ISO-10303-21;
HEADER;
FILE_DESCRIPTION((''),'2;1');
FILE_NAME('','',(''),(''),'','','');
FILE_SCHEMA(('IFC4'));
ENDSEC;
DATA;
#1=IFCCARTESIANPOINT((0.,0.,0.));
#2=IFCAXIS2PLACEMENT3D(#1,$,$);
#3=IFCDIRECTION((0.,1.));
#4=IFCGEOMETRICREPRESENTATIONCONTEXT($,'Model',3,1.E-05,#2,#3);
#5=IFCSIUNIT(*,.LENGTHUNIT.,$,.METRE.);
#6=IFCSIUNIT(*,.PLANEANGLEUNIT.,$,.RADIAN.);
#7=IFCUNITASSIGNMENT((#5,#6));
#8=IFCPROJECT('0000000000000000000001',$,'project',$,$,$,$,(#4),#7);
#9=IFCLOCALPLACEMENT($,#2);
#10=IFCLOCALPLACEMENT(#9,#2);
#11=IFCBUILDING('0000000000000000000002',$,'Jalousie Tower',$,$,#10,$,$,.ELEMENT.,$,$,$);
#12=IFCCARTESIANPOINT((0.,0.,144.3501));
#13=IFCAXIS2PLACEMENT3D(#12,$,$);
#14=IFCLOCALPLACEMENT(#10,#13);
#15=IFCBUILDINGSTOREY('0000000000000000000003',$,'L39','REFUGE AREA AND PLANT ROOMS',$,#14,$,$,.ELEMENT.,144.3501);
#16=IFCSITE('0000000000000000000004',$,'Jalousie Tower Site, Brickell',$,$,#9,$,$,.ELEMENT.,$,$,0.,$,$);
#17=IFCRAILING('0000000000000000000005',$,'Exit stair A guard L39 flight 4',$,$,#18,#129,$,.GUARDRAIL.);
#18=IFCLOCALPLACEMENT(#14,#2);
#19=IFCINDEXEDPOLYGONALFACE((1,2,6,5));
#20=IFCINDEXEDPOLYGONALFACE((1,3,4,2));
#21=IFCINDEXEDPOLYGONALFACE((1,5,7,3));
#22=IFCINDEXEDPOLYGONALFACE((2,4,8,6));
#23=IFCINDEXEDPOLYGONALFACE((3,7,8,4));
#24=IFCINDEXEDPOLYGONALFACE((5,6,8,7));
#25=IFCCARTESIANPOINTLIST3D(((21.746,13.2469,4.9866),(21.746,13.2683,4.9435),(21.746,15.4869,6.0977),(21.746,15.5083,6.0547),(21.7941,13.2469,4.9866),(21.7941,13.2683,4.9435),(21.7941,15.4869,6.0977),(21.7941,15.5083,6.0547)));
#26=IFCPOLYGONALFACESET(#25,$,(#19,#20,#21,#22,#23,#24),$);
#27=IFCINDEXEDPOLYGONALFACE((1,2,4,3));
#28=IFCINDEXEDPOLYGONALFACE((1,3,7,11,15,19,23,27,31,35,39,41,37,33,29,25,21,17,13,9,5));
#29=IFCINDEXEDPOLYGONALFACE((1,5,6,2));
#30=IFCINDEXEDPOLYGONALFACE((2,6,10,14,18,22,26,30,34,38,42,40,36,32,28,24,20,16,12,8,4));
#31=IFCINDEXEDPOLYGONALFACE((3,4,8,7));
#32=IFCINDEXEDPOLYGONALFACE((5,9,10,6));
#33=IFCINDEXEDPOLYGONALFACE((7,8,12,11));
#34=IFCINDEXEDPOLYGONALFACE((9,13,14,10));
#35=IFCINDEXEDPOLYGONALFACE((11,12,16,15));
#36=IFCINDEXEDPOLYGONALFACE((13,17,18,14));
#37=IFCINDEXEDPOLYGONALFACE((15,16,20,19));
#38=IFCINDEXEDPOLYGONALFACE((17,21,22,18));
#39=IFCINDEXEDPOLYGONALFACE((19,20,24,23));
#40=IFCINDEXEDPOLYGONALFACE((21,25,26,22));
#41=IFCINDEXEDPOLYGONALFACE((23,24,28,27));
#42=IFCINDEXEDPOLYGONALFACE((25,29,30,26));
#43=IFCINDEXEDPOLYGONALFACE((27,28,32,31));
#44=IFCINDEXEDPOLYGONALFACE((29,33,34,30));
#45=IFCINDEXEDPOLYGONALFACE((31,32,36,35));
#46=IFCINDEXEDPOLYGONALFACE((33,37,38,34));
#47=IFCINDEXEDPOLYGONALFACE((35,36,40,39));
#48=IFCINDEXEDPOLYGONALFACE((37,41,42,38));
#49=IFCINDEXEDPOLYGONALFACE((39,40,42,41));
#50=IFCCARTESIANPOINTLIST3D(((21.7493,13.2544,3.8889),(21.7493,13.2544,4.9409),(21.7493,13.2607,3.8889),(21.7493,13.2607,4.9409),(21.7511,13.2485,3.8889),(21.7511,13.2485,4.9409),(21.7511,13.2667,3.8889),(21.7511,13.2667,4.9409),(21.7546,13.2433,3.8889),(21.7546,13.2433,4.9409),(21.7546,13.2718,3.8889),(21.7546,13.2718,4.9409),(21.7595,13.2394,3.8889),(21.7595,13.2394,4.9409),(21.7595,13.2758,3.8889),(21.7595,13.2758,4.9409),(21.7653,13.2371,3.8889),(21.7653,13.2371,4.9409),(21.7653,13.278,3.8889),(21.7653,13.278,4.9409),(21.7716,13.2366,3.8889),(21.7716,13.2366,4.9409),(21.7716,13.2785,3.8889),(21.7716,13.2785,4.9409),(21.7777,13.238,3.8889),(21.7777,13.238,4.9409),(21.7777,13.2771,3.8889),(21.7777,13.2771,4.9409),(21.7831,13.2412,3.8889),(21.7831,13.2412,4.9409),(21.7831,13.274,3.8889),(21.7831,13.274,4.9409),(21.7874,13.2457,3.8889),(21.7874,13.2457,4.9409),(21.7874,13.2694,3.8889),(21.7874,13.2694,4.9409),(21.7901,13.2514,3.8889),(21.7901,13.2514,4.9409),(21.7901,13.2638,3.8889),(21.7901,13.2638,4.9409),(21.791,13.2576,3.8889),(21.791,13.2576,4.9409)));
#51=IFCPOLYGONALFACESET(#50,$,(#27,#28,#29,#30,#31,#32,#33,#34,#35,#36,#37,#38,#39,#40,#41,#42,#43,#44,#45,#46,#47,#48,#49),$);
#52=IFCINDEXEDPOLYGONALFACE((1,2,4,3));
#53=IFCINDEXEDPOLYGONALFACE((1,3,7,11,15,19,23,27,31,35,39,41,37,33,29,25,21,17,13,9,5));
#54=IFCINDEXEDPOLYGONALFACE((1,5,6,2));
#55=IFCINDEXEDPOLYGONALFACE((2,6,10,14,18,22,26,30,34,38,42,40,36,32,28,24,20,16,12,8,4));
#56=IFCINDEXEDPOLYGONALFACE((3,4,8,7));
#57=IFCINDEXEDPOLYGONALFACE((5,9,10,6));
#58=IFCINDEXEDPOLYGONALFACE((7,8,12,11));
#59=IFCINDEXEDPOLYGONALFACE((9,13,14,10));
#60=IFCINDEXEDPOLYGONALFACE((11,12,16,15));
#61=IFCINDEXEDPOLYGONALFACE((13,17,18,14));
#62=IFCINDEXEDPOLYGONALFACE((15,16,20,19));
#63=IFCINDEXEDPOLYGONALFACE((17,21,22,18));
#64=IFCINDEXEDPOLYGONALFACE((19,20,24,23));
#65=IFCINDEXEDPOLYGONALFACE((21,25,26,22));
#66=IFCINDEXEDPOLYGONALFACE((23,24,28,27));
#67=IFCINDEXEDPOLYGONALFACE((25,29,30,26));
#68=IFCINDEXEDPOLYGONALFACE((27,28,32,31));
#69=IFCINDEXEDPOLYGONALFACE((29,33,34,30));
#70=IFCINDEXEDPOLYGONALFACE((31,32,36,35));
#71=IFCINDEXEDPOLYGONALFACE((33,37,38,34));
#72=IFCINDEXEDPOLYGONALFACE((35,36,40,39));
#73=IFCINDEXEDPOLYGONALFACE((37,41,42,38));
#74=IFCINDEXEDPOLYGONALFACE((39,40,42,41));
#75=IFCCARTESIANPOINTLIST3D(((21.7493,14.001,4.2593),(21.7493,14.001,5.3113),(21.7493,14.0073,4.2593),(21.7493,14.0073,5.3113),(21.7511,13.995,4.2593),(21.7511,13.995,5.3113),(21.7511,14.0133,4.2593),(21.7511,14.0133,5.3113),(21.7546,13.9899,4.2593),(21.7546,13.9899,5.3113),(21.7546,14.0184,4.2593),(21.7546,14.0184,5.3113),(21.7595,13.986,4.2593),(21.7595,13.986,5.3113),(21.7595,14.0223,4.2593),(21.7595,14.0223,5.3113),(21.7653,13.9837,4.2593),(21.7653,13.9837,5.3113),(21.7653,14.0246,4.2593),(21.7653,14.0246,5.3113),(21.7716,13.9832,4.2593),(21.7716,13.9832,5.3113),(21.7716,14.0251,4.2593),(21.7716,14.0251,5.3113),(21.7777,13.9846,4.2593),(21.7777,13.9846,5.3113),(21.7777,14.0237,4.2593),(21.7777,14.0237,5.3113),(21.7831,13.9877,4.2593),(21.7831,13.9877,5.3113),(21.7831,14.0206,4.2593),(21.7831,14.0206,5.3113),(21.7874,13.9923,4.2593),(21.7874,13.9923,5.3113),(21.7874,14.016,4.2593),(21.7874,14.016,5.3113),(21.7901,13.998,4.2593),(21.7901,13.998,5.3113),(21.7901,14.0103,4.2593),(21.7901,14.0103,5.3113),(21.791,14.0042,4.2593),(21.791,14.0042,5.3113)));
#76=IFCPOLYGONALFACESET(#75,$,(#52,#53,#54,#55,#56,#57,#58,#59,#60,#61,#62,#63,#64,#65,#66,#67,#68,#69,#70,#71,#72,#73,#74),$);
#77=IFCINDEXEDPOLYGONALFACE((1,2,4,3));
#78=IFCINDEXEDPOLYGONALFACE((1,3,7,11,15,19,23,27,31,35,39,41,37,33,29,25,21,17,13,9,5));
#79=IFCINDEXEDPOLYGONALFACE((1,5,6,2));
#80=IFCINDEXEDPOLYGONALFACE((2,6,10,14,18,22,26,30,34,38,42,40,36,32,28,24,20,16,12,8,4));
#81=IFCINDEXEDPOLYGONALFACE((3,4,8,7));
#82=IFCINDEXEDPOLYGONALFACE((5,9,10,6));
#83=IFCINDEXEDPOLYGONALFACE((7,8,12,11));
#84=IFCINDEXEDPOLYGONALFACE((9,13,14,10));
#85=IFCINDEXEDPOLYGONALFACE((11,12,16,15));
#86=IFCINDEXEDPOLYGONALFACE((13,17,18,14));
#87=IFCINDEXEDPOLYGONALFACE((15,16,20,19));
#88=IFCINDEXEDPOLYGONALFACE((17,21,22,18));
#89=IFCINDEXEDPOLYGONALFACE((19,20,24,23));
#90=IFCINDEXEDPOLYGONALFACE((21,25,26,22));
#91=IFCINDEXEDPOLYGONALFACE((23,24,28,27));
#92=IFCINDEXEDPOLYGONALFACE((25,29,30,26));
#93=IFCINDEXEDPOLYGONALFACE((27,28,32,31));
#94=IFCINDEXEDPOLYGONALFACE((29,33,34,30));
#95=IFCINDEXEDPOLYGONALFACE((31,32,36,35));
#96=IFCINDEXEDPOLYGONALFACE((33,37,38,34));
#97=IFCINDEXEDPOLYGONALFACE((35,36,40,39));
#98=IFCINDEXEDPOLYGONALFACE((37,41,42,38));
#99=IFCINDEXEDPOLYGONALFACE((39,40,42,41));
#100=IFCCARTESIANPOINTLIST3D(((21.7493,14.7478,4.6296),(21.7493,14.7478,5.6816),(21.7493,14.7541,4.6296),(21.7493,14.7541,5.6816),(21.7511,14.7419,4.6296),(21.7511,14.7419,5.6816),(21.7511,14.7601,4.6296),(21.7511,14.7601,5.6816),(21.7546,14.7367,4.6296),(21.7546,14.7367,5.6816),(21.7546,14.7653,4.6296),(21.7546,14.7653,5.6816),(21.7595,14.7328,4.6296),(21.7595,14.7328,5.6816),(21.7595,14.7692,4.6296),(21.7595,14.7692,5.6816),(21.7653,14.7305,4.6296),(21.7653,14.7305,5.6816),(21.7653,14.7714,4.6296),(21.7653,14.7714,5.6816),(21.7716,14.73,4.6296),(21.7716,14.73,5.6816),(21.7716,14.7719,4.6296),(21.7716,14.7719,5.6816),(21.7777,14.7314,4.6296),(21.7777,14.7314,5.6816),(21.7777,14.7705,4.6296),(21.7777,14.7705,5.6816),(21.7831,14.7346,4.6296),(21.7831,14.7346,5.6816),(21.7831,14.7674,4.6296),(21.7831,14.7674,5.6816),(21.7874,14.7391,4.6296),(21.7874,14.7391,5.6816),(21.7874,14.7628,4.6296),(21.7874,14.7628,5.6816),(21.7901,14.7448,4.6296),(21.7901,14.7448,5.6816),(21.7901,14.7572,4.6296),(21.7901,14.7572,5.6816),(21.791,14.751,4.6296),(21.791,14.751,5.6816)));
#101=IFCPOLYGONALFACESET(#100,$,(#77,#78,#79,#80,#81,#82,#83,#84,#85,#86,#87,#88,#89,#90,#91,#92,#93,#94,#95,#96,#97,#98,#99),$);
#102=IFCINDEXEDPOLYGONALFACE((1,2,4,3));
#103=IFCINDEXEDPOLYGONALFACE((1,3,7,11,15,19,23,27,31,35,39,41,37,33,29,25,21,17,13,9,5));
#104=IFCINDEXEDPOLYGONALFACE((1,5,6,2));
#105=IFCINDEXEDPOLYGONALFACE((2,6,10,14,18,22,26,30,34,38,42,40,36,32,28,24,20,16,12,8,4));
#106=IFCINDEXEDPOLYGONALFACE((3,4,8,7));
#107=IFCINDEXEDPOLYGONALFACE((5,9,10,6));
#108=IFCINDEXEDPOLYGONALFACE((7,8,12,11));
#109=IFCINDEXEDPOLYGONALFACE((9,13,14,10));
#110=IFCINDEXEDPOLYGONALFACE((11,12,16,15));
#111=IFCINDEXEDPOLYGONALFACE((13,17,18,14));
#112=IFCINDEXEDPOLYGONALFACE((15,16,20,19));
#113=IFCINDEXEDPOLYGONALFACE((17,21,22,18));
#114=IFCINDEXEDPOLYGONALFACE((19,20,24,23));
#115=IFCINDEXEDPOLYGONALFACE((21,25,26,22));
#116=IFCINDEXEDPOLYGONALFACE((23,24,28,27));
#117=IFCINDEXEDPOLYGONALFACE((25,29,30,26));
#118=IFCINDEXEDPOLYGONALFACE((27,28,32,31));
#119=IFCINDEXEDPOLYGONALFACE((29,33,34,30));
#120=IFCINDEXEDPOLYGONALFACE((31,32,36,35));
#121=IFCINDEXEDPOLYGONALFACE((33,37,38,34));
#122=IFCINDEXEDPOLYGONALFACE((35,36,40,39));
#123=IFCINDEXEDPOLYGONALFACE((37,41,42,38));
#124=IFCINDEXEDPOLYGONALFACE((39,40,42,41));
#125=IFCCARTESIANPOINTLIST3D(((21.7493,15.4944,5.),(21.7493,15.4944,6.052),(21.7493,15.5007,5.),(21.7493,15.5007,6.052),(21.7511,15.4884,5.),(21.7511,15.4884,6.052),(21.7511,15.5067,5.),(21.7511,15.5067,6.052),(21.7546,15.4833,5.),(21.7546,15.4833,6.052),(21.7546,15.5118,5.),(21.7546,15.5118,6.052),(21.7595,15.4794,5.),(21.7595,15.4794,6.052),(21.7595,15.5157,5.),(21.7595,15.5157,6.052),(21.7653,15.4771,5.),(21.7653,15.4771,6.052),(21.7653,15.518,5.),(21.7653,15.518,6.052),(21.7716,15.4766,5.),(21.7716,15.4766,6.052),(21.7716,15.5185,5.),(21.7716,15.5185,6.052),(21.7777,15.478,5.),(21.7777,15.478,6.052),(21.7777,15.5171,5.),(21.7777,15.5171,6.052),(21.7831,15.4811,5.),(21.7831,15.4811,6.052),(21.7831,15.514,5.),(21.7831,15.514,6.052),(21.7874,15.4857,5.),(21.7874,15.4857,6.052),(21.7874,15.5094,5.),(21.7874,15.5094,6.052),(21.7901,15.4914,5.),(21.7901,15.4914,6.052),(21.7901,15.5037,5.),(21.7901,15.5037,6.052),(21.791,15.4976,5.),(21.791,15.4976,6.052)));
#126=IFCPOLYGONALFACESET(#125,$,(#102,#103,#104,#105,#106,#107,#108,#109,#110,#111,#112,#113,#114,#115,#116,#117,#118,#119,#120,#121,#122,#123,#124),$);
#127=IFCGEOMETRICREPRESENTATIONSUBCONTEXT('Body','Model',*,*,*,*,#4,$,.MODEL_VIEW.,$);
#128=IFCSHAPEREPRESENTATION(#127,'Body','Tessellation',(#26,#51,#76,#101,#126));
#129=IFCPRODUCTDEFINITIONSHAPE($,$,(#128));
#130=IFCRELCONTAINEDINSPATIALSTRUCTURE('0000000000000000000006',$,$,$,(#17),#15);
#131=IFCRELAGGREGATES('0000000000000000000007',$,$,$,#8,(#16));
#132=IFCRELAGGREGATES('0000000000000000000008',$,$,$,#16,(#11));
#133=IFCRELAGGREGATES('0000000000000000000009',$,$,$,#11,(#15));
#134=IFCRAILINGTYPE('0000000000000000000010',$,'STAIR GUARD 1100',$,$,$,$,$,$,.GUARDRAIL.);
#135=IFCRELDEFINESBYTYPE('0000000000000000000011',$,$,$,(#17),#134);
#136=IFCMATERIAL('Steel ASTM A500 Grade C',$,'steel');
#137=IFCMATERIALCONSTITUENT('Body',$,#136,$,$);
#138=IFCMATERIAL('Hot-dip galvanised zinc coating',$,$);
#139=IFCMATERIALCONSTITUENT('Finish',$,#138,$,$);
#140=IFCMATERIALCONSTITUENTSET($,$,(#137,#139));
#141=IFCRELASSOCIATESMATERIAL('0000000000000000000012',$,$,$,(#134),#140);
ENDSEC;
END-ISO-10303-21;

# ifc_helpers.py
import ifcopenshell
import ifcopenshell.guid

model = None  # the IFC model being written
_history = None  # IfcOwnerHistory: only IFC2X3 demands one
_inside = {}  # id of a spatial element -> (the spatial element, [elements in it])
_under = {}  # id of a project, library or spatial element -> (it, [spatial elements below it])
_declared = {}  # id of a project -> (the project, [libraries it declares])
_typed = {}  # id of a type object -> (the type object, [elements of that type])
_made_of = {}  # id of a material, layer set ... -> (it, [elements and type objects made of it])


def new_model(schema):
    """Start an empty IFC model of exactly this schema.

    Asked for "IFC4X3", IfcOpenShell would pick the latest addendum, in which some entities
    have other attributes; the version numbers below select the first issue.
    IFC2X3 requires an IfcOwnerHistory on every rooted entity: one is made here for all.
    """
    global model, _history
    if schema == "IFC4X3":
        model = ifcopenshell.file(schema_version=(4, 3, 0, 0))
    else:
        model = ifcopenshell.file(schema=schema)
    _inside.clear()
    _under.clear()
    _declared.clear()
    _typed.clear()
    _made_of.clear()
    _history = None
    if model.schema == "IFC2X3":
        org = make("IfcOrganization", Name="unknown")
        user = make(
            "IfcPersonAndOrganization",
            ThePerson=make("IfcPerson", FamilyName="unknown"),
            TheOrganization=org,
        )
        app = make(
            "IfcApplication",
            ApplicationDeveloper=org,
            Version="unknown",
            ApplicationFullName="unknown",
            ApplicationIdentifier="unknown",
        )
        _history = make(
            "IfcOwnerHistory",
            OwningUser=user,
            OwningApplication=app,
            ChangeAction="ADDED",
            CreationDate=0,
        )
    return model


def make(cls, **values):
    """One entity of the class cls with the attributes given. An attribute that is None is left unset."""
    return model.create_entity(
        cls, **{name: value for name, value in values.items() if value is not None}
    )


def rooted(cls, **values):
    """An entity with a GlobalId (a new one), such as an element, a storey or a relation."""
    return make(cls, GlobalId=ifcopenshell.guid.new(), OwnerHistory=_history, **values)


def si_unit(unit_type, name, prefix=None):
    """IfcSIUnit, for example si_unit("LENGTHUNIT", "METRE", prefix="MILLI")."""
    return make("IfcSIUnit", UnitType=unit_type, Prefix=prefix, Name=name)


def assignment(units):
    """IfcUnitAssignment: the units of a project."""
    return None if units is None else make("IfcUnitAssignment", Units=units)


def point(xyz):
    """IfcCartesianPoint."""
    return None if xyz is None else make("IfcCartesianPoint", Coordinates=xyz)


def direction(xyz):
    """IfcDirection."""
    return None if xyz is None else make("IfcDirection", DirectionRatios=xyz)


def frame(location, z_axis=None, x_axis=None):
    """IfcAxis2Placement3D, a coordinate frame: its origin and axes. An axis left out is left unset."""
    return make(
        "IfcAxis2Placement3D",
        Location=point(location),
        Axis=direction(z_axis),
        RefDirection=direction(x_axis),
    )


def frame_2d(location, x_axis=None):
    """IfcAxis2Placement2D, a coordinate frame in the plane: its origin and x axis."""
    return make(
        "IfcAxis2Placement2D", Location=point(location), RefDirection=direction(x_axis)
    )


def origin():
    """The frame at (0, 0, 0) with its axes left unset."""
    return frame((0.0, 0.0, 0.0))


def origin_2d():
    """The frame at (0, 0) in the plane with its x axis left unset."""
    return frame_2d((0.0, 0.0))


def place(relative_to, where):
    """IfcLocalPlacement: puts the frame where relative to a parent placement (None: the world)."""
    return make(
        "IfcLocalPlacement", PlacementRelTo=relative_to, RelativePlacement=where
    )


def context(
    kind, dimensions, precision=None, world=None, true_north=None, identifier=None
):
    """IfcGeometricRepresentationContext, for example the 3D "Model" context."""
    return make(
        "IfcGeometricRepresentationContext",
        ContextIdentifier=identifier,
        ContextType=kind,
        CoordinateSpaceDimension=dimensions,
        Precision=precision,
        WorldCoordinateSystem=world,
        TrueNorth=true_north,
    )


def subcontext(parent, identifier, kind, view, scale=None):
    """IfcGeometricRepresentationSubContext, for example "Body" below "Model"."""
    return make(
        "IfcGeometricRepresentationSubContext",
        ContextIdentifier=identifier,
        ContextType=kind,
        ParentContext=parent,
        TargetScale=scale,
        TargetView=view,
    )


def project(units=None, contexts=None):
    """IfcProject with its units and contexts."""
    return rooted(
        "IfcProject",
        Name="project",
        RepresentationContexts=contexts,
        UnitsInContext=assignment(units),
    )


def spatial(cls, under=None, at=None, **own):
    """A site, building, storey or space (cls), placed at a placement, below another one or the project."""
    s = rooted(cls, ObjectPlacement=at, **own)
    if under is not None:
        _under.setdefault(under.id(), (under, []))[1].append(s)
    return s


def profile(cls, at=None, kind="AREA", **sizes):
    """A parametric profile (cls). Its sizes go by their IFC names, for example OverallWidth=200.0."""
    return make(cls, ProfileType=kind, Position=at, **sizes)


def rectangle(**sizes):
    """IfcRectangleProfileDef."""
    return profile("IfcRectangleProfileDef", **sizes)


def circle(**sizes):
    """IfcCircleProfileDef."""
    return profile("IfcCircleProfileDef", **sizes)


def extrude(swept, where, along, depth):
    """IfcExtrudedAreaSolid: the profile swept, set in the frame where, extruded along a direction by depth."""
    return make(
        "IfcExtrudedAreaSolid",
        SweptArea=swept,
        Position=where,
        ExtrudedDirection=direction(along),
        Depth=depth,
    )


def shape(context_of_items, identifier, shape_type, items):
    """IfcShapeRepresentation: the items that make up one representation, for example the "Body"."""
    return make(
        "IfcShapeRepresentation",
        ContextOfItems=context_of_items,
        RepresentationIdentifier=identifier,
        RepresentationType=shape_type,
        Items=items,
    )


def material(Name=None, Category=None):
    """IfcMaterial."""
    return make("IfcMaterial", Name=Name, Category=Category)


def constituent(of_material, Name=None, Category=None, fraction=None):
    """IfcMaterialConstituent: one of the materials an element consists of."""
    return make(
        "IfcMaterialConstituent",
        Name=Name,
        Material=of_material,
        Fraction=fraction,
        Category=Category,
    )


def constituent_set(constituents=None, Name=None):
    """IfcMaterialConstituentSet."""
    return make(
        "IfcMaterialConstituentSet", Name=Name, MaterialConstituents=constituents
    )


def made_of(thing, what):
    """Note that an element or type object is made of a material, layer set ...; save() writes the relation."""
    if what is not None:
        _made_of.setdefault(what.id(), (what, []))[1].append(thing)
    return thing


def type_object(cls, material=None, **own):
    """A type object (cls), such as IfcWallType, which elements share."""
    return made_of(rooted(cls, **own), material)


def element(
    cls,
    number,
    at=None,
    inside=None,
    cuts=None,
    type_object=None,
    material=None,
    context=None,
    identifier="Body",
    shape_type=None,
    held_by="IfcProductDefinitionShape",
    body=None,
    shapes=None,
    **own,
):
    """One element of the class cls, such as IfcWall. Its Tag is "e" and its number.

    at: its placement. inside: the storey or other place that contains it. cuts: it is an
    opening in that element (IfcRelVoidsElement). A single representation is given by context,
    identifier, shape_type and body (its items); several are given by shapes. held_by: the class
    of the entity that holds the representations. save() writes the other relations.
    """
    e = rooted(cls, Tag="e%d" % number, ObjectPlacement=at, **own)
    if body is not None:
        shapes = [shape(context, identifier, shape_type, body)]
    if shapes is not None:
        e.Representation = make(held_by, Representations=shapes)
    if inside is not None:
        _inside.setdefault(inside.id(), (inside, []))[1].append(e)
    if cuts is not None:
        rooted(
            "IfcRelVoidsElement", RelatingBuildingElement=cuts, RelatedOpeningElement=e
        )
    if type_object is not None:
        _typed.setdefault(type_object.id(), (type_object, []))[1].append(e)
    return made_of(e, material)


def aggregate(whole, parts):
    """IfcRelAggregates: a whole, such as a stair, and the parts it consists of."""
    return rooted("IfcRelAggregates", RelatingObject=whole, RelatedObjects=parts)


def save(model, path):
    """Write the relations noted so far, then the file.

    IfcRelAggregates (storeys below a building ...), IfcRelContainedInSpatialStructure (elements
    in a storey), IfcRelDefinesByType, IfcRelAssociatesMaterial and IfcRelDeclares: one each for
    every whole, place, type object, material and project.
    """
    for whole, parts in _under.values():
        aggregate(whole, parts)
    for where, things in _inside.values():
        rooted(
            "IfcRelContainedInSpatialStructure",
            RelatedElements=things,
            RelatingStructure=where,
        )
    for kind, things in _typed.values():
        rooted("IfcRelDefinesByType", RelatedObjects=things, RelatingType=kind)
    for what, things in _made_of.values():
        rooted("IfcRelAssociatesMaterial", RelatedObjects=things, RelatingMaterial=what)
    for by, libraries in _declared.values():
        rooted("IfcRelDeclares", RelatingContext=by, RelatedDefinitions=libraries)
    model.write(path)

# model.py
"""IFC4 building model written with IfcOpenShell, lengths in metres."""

from ifc_helpers import new_model, si_unit, direction, frame, origin, origin_2d, place, context, subcontext, project, spatial, rectangle, circle, extrude, material, constituent, constituent_set, type_object, element, save


model = new_model("IFC4")

# Units and contexts
model_context = context("Model", 3, precision=1e-05, world=origin(), true_north=direction((0.0, 1.0)))
body_context = subcontext(model_context, "Body", "Model", "MODEL_VIEW")
ifc_project = project(units=[si_unit("LENGTHUNIT", "METRE"), si_unit("PLANEANGLEUNIT", "RADIAN")], contexts=[model_context])

# Site, building, storey
site_placement = place(None, origin())
site = spatial("IfcSite", under=ifc_project, at=site_placement, Name="Jalousie Tower Site, Brickell", CompositionType="ELEMENT", RefElevation=0.0)
building_placement = place(site_placement, origin())
building = spatial("IfcBuilding", under=site, at=building_placement, Name="Jalousie Tower", CompositionType="ELEMENT")
storey_placement = place(building_placement, frame((0.0, 0.0, 144.3501)))
storey = spatial("IfcBuildingStorey", under=building, at=storey_placement, Name="L39", Description="REFUGE AREA AND PLANT ROOMS", CompositionType="ELEMENT", Elevation=144.3501)

# Railing
ifc_material_1 = material(Name="Steel ASTM A500 Grade C", Category="steel")
ifc_constituent_1 = constituent(ifc_material_1, Name="Body")
ifc_material_2 = material(Name="Hot-dip galvanised zinc coating")
ifc_constituent_2 = constituent(ifc_material_2, Name="Finish")
ifc_constituent_set_1 = constituent_set(constituents=[ifc_constituent_1, ifc_constituent_2])
railing_type_1 = type_object("IfcRailingType", Name="STAIR GUARD 1100", PredefinedType="GUARDRAIL", material=ifc_constituent_set_1)
railing_1_placement = place(storey_placement, frame((21.77, 13.2576, 3.8889)))
element("IfcRailing", 1, at=railing_1_placement, inside=storey, type_object=railing_type_1, Name="Exit stair A guard L39 flight 4", PredefinedType="GUARDRAIL", context=body_context, shape_type="SweptSolid", body=[
    extrude(rectangle(XDim=0.0481, YDim=0.0481, at=origin_2d()), frame((0.0, 0.0, 1.0762), z_axis=(0.0, 0.895848, 0.44436), x_axis=(-1.0, 0.0, 0.0)), (0.0, 0.0, 1.0), 2.5005),
    extrude(circle(Radius=0.021, at=origin_2d()), origin(), (0.0, 0.0, 1.0), 1.052),
    extrude(circle(Radius=0.021, at=origin_2d()), frame((0.0, 0.7466, 0.3704)), (0.0, 0.0, 1.0), 1.052),
    extrude(circle(Radius=0.021, at=origin_2d()), frame((0.0, 1.4934, 0.7407)), (0.0, 0.0, 1.0), 1.052),
    extrude(circle(Radius=0.021, at=origin_2d()), frame((0.0, 2.24, 1.1111)), (0.0, 0.0, 1.0), 1.052),
])

save(model, "model.ifc")
